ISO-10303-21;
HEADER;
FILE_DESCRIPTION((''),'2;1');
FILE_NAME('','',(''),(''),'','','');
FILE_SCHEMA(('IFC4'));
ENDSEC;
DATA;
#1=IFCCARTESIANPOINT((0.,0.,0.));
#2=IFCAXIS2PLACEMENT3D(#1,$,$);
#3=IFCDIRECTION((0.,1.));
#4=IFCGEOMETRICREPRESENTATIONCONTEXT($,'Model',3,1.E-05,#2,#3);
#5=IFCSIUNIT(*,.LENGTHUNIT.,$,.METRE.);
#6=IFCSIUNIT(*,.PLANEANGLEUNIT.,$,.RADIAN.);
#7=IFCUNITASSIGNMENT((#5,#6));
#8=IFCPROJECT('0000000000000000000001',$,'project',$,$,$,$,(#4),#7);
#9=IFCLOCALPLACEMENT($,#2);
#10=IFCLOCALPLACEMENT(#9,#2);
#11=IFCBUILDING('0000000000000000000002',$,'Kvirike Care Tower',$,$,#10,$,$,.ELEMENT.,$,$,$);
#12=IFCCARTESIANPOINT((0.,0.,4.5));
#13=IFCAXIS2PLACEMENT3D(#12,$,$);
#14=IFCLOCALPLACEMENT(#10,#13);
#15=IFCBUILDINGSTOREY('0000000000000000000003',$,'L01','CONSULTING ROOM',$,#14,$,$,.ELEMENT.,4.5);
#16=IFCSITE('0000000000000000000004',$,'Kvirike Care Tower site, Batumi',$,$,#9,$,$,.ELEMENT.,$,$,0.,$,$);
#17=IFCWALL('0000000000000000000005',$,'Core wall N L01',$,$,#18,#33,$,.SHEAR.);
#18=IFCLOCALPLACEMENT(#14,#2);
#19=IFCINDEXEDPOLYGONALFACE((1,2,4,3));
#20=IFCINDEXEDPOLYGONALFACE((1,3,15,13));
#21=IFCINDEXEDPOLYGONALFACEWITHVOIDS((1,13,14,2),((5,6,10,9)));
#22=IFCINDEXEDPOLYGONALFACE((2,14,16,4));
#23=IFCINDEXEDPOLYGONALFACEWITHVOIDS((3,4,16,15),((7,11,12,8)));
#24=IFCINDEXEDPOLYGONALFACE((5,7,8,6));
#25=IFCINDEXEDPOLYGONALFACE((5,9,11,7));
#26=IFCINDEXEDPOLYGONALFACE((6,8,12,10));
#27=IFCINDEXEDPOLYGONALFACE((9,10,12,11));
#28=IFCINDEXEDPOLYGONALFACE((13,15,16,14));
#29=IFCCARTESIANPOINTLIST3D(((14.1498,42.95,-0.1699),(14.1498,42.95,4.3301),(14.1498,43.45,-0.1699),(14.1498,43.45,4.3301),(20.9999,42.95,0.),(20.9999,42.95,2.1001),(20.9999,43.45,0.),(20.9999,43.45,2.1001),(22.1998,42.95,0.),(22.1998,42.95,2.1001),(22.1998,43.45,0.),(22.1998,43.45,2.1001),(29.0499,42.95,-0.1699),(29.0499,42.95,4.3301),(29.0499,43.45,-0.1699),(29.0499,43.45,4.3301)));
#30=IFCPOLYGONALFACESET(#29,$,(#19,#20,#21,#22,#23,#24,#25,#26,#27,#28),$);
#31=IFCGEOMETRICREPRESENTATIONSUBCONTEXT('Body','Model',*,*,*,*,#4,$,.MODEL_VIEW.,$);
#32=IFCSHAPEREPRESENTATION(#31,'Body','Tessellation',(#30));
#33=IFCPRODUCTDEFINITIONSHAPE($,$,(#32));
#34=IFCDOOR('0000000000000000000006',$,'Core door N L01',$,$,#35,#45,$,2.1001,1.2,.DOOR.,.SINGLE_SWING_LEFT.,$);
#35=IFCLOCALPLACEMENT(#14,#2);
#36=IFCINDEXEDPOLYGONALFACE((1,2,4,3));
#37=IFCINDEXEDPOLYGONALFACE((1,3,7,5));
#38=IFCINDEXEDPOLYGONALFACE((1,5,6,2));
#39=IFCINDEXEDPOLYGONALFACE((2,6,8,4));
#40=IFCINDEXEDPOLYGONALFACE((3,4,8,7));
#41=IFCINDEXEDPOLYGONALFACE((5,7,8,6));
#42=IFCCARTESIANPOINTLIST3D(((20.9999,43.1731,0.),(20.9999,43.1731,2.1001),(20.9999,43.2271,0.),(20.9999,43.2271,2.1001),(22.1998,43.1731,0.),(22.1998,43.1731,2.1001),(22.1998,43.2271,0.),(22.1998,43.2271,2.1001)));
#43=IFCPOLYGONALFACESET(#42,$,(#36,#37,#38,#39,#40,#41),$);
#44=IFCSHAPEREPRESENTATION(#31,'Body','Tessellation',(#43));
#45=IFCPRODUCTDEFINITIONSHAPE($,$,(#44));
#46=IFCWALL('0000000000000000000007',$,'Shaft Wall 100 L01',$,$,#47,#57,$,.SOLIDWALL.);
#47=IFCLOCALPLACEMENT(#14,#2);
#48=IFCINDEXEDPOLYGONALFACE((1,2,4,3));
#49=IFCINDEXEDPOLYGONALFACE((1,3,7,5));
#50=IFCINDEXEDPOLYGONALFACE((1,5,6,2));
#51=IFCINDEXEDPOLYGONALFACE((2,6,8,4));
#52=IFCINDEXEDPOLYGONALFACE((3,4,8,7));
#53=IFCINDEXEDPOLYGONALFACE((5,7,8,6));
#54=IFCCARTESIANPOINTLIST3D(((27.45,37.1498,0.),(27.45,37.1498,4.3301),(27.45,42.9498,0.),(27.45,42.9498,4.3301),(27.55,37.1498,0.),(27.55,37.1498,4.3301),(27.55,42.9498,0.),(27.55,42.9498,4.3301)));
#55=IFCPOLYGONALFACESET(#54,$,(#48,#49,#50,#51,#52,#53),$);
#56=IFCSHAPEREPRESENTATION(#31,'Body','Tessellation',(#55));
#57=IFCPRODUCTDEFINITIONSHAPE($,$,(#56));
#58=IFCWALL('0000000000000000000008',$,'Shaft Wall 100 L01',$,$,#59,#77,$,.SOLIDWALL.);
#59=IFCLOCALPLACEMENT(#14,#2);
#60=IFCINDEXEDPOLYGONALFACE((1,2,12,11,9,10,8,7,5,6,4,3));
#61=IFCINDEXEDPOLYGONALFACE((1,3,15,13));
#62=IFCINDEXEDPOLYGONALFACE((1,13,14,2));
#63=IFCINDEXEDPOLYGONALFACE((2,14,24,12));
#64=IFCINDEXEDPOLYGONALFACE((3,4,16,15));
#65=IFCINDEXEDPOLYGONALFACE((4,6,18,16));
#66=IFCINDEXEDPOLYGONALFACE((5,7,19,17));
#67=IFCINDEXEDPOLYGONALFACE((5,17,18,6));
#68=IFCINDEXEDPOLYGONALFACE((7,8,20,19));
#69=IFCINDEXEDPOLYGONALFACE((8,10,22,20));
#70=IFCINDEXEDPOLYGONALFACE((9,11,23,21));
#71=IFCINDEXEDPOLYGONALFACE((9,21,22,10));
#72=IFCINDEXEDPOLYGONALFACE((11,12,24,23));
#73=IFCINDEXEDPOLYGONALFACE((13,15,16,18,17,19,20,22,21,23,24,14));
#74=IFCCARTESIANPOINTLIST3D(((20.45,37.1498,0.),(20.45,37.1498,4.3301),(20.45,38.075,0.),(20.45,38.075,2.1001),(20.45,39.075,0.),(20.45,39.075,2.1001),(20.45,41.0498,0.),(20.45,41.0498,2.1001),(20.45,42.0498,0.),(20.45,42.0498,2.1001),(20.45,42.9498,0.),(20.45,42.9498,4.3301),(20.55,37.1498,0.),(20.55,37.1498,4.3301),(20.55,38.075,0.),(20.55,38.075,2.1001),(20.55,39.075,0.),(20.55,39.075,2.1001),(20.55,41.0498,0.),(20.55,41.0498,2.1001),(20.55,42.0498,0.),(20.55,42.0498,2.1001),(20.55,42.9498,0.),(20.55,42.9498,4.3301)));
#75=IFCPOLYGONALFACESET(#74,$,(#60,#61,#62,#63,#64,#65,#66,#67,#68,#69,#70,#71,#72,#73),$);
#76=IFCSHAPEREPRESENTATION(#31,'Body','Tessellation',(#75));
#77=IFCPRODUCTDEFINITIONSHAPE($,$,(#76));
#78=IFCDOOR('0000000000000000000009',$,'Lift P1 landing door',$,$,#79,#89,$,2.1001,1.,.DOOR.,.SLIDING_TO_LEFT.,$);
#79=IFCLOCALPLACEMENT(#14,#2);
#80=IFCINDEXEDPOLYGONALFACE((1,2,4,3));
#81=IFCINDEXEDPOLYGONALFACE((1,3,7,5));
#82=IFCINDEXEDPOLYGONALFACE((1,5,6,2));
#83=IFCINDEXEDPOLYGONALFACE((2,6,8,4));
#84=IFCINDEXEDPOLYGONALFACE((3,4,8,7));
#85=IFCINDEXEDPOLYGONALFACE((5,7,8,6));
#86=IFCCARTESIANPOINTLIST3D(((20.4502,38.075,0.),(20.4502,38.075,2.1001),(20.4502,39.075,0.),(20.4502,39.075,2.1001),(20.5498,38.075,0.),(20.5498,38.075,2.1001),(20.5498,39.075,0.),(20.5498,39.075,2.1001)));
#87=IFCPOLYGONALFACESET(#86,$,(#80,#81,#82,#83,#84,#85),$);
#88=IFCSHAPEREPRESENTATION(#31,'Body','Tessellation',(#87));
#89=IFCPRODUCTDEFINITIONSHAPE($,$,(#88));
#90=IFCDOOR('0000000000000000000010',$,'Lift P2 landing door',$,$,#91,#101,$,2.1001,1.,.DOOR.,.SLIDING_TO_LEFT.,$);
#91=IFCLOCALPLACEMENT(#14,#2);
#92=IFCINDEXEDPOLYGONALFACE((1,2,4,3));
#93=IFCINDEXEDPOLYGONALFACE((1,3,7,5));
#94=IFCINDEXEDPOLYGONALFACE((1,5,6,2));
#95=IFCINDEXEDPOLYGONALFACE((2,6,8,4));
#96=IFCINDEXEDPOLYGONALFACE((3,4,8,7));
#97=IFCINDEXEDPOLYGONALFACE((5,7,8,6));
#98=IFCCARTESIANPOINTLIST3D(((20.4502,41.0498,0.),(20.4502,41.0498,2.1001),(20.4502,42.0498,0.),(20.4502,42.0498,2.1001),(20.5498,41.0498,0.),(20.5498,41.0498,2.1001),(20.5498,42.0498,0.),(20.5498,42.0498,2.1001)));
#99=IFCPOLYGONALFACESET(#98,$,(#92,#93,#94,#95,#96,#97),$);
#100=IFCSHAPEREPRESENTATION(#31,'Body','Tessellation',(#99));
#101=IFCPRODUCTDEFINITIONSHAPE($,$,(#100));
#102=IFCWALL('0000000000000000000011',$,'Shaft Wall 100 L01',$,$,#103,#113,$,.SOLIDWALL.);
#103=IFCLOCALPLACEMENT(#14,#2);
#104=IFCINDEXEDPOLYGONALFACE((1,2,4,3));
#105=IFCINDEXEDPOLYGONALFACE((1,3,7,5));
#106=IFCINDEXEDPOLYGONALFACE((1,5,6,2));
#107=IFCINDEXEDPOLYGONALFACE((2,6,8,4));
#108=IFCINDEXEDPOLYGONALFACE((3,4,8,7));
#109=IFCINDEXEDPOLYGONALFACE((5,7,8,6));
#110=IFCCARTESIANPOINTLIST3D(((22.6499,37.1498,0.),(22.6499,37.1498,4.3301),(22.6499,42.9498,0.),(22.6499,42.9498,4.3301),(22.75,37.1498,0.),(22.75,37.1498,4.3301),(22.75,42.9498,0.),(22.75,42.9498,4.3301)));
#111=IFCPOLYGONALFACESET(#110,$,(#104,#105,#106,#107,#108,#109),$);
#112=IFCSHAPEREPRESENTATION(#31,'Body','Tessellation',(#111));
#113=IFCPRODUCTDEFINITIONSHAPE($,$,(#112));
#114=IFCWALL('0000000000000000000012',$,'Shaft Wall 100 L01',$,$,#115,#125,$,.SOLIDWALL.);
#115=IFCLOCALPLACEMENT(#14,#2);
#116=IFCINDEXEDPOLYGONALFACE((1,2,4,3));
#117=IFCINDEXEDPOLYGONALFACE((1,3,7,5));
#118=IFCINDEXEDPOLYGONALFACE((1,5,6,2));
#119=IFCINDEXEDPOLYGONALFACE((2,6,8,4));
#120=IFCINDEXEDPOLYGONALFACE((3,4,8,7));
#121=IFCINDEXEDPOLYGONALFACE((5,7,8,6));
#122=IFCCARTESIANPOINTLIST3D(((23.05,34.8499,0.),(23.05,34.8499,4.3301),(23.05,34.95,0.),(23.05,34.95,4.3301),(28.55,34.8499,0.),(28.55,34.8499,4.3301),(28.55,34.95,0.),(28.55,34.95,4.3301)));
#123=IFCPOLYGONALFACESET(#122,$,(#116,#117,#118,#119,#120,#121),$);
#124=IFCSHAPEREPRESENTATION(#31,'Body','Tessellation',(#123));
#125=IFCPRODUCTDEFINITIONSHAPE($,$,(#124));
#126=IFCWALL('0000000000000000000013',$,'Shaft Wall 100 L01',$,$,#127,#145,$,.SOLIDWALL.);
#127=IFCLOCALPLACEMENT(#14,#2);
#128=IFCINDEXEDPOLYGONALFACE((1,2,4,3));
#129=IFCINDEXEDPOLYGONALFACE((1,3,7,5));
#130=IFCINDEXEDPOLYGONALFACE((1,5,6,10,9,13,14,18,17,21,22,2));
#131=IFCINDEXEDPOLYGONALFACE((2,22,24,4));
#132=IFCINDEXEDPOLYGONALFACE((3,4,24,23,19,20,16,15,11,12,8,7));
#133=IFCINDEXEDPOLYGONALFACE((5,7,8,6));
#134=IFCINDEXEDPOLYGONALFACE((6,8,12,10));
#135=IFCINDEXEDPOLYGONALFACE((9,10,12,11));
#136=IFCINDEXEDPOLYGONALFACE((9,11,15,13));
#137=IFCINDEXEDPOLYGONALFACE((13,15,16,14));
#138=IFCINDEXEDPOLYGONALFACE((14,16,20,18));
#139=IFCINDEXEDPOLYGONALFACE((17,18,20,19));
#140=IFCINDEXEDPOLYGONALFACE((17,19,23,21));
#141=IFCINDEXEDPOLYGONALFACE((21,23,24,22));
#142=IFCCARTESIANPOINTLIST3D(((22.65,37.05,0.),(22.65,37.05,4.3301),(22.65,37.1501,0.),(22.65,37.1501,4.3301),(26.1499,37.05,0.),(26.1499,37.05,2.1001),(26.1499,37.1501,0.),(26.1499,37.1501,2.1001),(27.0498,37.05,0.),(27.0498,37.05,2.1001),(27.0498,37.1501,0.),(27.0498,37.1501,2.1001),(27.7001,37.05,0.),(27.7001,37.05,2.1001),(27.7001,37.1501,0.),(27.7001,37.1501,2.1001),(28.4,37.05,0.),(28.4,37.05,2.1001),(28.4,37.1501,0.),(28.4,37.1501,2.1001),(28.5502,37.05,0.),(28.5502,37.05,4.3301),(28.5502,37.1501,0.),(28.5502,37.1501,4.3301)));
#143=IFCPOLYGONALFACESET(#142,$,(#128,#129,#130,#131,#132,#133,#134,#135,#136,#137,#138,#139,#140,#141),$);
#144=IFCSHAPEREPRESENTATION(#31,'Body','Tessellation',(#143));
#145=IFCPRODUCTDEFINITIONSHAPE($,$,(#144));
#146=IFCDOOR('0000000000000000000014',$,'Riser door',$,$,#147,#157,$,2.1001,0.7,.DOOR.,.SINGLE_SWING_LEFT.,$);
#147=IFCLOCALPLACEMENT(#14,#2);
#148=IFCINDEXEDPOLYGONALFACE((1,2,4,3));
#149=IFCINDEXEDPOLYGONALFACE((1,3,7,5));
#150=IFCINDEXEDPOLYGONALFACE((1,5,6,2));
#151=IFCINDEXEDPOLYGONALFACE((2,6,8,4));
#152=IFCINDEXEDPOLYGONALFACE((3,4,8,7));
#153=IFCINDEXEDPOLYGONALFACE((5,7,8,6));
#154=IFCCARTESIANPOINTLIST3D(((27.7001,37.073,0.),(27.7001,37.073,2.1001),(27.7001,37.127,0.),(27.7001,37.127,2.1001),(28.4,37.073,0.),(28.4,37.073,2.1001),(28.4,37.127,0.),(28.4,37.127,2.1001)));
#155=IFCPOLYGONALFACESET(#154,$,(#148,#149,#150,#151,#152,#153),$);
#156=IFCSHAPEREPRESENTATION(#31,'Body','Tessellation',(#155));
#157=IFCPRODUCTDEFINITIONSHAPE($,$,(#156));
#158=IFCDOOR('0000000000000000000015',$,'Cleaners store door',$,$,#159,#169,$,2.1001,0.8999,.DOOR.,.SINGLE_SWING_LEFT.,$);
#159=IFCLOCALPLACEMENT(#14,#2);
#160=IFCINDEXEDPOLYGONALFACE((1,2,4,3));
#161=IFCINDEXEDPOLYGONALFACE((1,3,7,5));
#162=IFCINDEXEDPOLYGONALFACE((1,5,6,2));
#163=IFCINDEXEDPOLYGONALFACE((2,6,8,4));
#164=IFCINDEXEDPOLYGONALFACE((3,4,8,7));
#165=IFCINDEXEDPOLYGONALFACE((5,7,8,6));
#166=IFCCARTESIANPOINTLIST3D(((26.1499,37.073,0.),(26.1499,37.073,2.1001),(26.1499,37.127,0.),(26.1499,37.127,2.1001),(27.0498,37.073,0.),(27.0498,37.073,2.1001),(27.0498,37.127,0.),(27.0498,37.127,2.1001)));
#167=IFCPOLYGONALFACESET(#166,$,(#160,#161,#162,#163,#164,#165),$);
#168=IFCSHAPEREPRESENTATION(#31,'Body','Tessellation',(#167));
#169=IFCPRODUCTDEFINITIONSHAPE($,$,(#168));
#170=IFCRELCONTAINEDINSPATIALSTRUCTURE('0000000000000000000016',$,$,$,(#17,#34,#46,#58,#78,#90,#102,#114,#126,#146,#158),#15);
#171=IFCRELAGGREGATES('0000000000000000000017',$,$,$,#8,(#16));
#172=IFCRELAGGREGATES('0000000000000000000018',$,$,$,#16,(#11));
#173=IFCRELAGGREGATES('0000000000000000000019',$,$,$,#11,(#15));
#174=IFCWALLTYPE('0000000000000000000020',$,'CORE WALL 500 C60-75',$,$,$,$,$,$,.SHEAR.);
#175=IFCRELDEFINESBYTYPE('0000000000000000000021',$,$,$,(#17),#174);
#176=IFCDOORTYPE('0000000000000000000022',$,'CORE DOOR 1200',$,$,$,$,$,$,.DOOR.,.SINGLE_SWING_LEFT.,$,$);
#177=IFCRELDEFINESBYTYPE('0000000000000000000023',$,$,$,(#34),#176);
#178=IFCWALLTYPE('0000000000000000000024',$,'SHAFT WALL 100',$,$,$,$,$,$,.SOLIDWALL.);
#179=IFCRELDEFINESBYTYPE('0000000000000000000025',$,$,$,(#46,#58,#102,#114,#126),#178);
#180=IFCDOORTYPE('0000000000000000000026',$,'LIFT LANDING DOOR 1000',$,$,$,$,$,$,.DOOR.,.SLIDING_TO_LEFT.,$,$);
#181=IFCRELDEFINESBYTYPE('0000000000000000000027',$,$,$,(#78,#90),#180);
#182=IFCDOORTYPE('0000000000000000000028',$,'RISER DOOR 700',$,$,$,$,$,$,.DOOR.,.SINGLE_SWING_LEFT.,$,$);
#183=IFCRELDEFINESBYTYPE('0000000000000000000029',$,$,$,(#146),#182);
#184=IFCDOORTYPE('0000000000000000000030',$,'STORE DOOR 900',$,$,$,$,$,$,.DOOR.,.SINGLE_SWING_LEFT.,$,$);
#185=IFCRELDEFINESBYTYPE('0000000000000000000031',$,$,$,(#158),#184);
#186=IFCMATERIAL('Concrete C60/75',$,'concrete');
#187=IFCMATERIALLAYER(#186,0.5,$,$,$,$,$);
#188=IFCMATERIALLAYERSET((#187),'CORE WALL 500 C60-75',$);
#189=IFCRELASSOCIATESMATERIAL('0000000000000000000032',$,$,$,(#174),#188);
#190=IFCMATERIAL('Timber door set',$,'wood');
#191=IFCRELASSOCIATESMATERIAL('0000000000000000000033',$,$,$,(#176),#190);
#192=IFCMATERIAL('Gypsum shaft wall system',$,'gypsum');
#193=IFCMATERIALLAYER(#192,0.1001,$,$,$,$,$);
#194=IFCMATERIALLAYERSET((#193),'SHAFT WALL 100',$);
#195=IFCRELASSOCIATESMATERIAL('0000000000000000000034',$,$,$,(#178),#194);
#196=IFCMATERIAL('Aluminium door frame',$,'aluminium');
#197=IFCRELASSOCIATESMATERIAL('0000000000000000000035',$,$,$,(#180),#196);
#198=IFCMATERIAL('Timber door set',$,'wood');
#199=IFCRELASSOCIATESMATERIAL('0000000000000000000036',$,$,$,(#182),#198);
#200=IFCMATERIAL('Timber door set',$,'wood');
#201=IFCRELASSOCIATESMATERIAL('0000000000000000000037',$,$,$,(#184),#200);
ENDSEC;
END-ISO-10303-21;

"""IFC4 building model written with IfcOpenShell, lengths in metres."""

from ifc_helpers import new_model, si_unit, direction, frame, frame_2d, origin, place, context, subcontext, project, spatial, rectangle, extrude, material, layer, layer_set, type_object, element, fill, save


model = new_model("IFC4")

# Units and contexts
model_context = context("Model", 3, precision=1e-05, world=origin(), true_north=direction((0.0, 1.0)))
body_context = subcontext(model_context, "Body", "Model", "MODEL_VIEW")
ifc_project = project(units=[si_unit("LENGTHUNIT", "METRE"), si_unit("PLANEANGLEUNIT", "RADIAN")], contexts=[model_context])

# Site, building, storey
site_placement = place(None, origin())
site = spatial("IfcSite", under=ifc_project, at=site_placement, Name="Kvirike Care Tower site, Batumi", CompositionType="ELEMENT", RefElevation=0.0)
building_placement = place(site_placement, origin())
building = spatial("IfcBuilding", under=site, at=building_placement, Name="Kvirike Care Tower", CompositionType="ELEMENT")
storey_placement = place(building_placement, frame((0.0, 0.0, 4.5)))
storey = spatial("IfcBuildingStorey", under=building, at=storey_placement, Name="L01", Description="CONSULTING ROOM", CompositionType="ELEMENT", Elevation=4.5)

# Wall, opening, door
ifc_material_1 = material(Name="Concrete C60/75", Category="concrete")
ifc_layer_1 = layer(ifc_material_1, 0.5)
ifc_layer_set_1 = layer_set([ifc_layer_1], Name="CORE WALL 500 C60-75")
wall_type_1 = type_object("IfcWallType", Name="CORE WALL 500 C60-75", PredefinedType="SHEAR", material=ifc_layer_set_1)
wall_1_placement = place(storey_placement, frame((29.05, 43.2, -0.1699), z_axis=(0.0, 0.0, 1.0), x_axis=(-1.0, 0.0, 0.0)))
wall_1 = element("IfcWall", 1, at=wall_1_placement, inside=storey, type_object=wall_type_1, Name="Core wall N L01", PredefinedType="SHEAR", context=body_context, shape_type="SweptSolid", body=[
    extrude(rectangle(XDim=14.9001, YDim=0.5, at=frame_2d((7.4502, 0.0))), origin(), (0.0, 0.0, 1.0), 4.5),
])
opening_1_placement = place(wall_1_placement, frame((6.8501, 0.0, 0.1699)))
opening_1 = element("IfcOpeningElement", 2, at=opening_1_placement, cuts=wall_1, PredefinedType="OPENING", context=body_context, shape_type="SweptSolid", body=[
    extrude(rectangle(XDim=1.2, YDim=2.1001, at=frame_2d((0.6001, 1.05))), frame((0.0, 0.2605, 0.0), z_axis=(0.0, -1.0, 0.0), x_axis=(1.0, 0.0, 0.0)), (0.0, 0.0, 1.0), 0.521),
])
ifc_material_2 = material(Name="Timber door set", Category="wood")
door_type_1 = type_object("IfcDoorType", Name="CORE DOOR 1200", OperationType="SINGLE_SWING_LEFT", PredefinedType="DOOR", material=ifc_material_2)
door_1_placement = place(opening_1_placement, origin())
door_1 = element("IfcDoor", 3, at=door_1_placement, inside=storey, type_object=door_type_1, Name="Core door N L01", OperationType="SINGLE_SWING_LEFT", OverallHeight=2.1001, OverallWidth=1.2, PredefinedType="DOOR", context=body_context, shape_type="SweptSolid", body=[
    extrude(rectangle(XDim=1.2, YDim=2.1001, at=frame_2d((0.6001, 1.05))), frame((0.0, 0.0269, 0.0), z_axis=(0.0, -1.0, 0.0), x_axis=(1.0, 0.0, 0.0)), (0.0, 0.0, 1.0), 0.054),
])
fill(opening_1, door_1)

# Wall
ifc_material_3 = material(Name="Gypsum shaft wall system", Category="gypsum")
ifc_layer_2 = layer(ifc_material_3, 0.1001)
ifc_layer_set_2 = layer_set([ifc_layer_2], Name="SHAFT WALL 100")
wall_type_2 = type_object("IfcWallType", Name="SHAFT WALL 100", PredefinedType="SOLIDWALL", material=ifc_layer_set_2)
wall_2_placement = place(storey_placement, frame((27.5, 37.1499, 0.0), z_axis=(0.0, 0.0, 1.0), x_axis=(0.0, 1.0, 0.0)))
element("IfcWall", 4, at=wall_2_placement, inside=storey, type_object=wall_type_2, Name="Shaft Wall 100 L01", PredefinedType="SOLIDWALL", context=body_context, shape_type="SweptSolid", body=[
    extrude(rectangle(XDim=5.8, YDim=0.1001, at=frame_2d((2.8999, 0.0))), origin(), (0.0, 0.0, 1.0), 4.3301),
])

# Wall, openings, doors
wall_3_placement = place(storey_placement, frame((20.5, 37.1499, 0.0), z_axis=(0.0, 0.0, 1.0), x_axis=(0.0, 1.0, 0.0)))
wall_3 = element("IfcWall", 5, at=wall_3_placement, inside=storey, type_object=wall_type_2, Name="Shaft Wall 100 L01", PredefinedType="SOLIDWALL", context=body_context, shape_type="SweptSolid", body=[
    extrude(rectangle(XDim=5.8, YDim=0.1001, at=frame_2d((2.8999, 0.0))), origin(), (0.0, 0.0, 1.0), 4.3301),
])
opening_2_placement = place(wall_3_placement, frame((0.925, 0.0, 0.0)))
opening_2 = element("IfcOpeningElement", 6, at=opening_2_placement, cuts=wall_3, PredefinedType="OPENING", context=body_context, shape_type="SweptSolid", body=[
    extrude(rectangle(XDim=1.0, YDim=2.1001, at=frame_2d((0.5, 1.05))), frame((0.0, 0.0605, 0.0), z_axis=(0.0, -1.0, 0.0), x_axis=(1.0, 0.0, 0.0)), (0.0, 0.0, 1.0), 0.1211),
])
opening_3_placement = place(wall_3_placement, frame((3.8999, 0.0, 0.0)))
opening_3 = element("IfcOpeningElement", 7, at=opening_3_placement, cuts=wall_3, PredefinedType="OPENING", context=body_context, shape_type="SweptSolid", body=[
    extrude(rectangle(XDim=1.0, YDim=2.1001, at=frame_2d((0.5, 1.05))), frame((0.0, 0.0605, 0.0), z_axis=(0.0, -1.0, 0.0), x_axis=(1.0, 0.0, 0.0)), (0.0, 0.0, 1.0), 0.1211),
])
ifc_material_4 = material(Name="Aluminium door frame", Category="aluminium")
door_type_2 = type_object("IfcDoorType", Name="LIFT LANDING DOOR 1000", OperationType="SLIDING_TO_LEFT", PredefinedType="DOOR", material=ifc_material_4)
door_2_placement = place(opening_2_placement, origin())
door_2 = element("IfcDoor", 8, at=door_2_placement, inside=storey, type_object=door_type_2, Name="Lift P1 landing door", OperationType="SLIDING_TO_LEFT", OverallHeight=2.1001, OverallWidth=1.0, PredefinedType="DOOR", context=body_context, shape_type="SweptSolid", body=[
    extrude(rectangle(XDim=1.0, YDim=2.1001, at=frame_2d((0.5, 1.05))), frame((0.0, 0.0498, 0.0), z_axis=(0.0, -1.0, 0.0), x_axis=(1.0, 0.0, 0.0)), (0.0, 0.0, 1.0), 0.0996),
])
fill(opening_2, door_2)
door_3_placement = place(opening_3_placement, origin())
door_3 = element("IfcDoor", 9, at=door_3_placement, inside=storey, type_object=door_type_2, Name="Lift P2 landing door", OperationType="SLIDING_TO_LEFT", OverallHeight=2.1001, OverallWidth=1.0, PredefinedType="DOOR", context=body_context, shape_type="SweptSolid", body=[
    extrude(rectangle(XDim=1.0, YDim=2.1001, at=frame_2d((0.5, 1.05))), frame((0.0, 0.0498, 0.0), z_axis=(0.0, -1.0, 0.0), x_axis=(1.0, 0.0, 0.0)), (0.0, 0.0, 1.0), 0.0996),
])
fill(opening_3, door_3)

# Walls
wall_4_placement = place(storey_placement, frame((22.7, 37.1499, 0.0), z_axis=(0.0, 0.0, 1.0), x_axis=(0.0, 1.0, 0.0)))
element("IfcWall", 10, at=wall_4_placement, inside=storey, type_object=wall_type_2, Name="Shaft Wall 100 L01", PredefinedType="SOLIDWALL", context=body_context, shape_type="SweptSolid", body=[
    extrude(rectangle(XDim=5.8, YDim=0.1001, at=frame_2d((2.8999, 0.0))), origin(), (0.0, 0.0, 1.0), 4.3301),
])
wall_5_placement = place(storey_placement, frame((23.05, 34.8999, 0.0), z_axis=(0.0, 0.0, 1.0), x_axis=(1.0, 0.0, 0.0)))
element("IfcWall", 11, at=wall_5_placement, inside=storey, type_object=wall_type_2, Name="Shaft Wall 100 L01", PredefinedType="SOLIDWALL", context=body_context, shape_type="SweptSolid", body=[
    extrude(rectangle(XDim=5.5, YDim=0.1001, at=frame_2d((2.75, 0.0))), origin(), (0.0, 0.0, 1.0), 4.3301),
])

# Wall, openings, doors
wall_6_placement = place(storey_placement, frame((22.6499, 37.1001, 0.0), z_axis=(0.0, 0.0, 1.0), x_axis=(1.0, 0.0, 0.0)))
wall_6 = element("IfcWall", 12, at=wall_6_placement, inside=storey, type_object=wall_type_2, Name="Shaft Wall 100 L01", PredefinedType="SOLIDWALL", context=body_context, shape_type="SweptSolid", body=[
    extrude(rectangle(XDim=5.9001, YDim=0.1001, at=frame_2d((2.9502, 0.0))), origin(), (0.0, 0.0, 1.0), 4.3301),
])
opening_4_placement = place(wall_6_placement, frame((3.5, 0.0, 0.0)))
opening_4 = element("IfcOpeningElement", 13, at=opening_4_placement, cuts=wall_6, PredefinedType="OPENING", context=body_context, shape_type="SweptSolid", body=[
    extrude(rectangle(XDim=0.8999, YDim=2.1001, at=frame_2d((0.45, 1.05))), frame((0.0, 0.0605, 0.0), z_axis=(0.0, -1.0, 0.0), x_axis=(1.0, 0.0, 0.0)), (0.0, 0.0, 1.0), 0.1211),
])
opening_5_placement = place(wall_6_placement, frame((5.05, 0.0, 0.0)))
opening_5 = element("IfcOpeningElement", 14, at=opening_5_placement, cuts=wall_6, PredefinedType="OPENING", context=body_context, shape_type="SweptSolid", body=[
    extrude(rectangle(XDim=0.7, YDim=2.1001, at=frame_2d((0.3501, 1.05))), frame((0.0, 0.0605, 0.0), z_axis=(0.0, -1.0, 0.0), x_axis=(1.0, 0.0, 0.0)), (0.0, 0.0, 1.0), 0.1211),
])
ifc_material_5 = material(Name="Timber door set", Category="wood")
door_type_3 = type_object("IfcDoorType", Name="RISER DOOR 700", OperationType="SINGLE_SWING_LEFT", PredefinedType="DOOR", material=ifc_material_5)
door_4_placement = place(opening_5_placement, origin())
door_4 = element("IfcDoor", 15, at=door_4_placement, inside=storey, type_object=door_type_3, Name="Riser door", OperationType="SINGLE_SWING_LEFT", OverallHeight=2.1001, OverallWidth=0.7, PredefinedType="DOOR", context=body_context, shape_type="SweptSolid", body=[
    extrude(rectangle(XDim=0.7, YDim=2.1001, at=frame_2d((0.3501, 1.05))), frame((0.0, 0.0269, 0.0), z_axis=(0.0, -1.0, 0.0), x_axis=(1.0, 0.0, 0.0)), (0.0, 0.0, 1.0), 0.054),
])
fill(opening_5, door_4)
ifc_material_6 = material(Name="Timber door set", Category="wood")
door_type_4 = type_object("IfcDoorType", Name="STORE DOOR 900", OperationType="SINGLE_SWING_LEFT", PredefinedType="DOOR", material=ifc_material_6)
door_5_placement = place(opening_4_placement, origin())
door_5 = element("IfcDoor", 16, at=door_5_placement, inside=storey, type_object=door_type_4, Name="Cleaners store door", OperationType="SINGLE_SWING_LEFT", OverallHeight=2.1001, OverallWidth=0.8999, PredefinedType="DOOR", context=body_context, shape_type="SweptSolid", body=[
    extrude(rectangle(XDim=0.8999, YDim=2.1001, at=frame_2d((0.45, 1.05))), frame((0.0, 0.0269, 0.0), z_axis=(0.0, -1.0, 0.0), x_axis=(1.0, 0.0, 0.0)), (0.0, 0.0, 1.0), 0.054),
])
fill(opening_4, door_5)

save(model, "model.ifc")
